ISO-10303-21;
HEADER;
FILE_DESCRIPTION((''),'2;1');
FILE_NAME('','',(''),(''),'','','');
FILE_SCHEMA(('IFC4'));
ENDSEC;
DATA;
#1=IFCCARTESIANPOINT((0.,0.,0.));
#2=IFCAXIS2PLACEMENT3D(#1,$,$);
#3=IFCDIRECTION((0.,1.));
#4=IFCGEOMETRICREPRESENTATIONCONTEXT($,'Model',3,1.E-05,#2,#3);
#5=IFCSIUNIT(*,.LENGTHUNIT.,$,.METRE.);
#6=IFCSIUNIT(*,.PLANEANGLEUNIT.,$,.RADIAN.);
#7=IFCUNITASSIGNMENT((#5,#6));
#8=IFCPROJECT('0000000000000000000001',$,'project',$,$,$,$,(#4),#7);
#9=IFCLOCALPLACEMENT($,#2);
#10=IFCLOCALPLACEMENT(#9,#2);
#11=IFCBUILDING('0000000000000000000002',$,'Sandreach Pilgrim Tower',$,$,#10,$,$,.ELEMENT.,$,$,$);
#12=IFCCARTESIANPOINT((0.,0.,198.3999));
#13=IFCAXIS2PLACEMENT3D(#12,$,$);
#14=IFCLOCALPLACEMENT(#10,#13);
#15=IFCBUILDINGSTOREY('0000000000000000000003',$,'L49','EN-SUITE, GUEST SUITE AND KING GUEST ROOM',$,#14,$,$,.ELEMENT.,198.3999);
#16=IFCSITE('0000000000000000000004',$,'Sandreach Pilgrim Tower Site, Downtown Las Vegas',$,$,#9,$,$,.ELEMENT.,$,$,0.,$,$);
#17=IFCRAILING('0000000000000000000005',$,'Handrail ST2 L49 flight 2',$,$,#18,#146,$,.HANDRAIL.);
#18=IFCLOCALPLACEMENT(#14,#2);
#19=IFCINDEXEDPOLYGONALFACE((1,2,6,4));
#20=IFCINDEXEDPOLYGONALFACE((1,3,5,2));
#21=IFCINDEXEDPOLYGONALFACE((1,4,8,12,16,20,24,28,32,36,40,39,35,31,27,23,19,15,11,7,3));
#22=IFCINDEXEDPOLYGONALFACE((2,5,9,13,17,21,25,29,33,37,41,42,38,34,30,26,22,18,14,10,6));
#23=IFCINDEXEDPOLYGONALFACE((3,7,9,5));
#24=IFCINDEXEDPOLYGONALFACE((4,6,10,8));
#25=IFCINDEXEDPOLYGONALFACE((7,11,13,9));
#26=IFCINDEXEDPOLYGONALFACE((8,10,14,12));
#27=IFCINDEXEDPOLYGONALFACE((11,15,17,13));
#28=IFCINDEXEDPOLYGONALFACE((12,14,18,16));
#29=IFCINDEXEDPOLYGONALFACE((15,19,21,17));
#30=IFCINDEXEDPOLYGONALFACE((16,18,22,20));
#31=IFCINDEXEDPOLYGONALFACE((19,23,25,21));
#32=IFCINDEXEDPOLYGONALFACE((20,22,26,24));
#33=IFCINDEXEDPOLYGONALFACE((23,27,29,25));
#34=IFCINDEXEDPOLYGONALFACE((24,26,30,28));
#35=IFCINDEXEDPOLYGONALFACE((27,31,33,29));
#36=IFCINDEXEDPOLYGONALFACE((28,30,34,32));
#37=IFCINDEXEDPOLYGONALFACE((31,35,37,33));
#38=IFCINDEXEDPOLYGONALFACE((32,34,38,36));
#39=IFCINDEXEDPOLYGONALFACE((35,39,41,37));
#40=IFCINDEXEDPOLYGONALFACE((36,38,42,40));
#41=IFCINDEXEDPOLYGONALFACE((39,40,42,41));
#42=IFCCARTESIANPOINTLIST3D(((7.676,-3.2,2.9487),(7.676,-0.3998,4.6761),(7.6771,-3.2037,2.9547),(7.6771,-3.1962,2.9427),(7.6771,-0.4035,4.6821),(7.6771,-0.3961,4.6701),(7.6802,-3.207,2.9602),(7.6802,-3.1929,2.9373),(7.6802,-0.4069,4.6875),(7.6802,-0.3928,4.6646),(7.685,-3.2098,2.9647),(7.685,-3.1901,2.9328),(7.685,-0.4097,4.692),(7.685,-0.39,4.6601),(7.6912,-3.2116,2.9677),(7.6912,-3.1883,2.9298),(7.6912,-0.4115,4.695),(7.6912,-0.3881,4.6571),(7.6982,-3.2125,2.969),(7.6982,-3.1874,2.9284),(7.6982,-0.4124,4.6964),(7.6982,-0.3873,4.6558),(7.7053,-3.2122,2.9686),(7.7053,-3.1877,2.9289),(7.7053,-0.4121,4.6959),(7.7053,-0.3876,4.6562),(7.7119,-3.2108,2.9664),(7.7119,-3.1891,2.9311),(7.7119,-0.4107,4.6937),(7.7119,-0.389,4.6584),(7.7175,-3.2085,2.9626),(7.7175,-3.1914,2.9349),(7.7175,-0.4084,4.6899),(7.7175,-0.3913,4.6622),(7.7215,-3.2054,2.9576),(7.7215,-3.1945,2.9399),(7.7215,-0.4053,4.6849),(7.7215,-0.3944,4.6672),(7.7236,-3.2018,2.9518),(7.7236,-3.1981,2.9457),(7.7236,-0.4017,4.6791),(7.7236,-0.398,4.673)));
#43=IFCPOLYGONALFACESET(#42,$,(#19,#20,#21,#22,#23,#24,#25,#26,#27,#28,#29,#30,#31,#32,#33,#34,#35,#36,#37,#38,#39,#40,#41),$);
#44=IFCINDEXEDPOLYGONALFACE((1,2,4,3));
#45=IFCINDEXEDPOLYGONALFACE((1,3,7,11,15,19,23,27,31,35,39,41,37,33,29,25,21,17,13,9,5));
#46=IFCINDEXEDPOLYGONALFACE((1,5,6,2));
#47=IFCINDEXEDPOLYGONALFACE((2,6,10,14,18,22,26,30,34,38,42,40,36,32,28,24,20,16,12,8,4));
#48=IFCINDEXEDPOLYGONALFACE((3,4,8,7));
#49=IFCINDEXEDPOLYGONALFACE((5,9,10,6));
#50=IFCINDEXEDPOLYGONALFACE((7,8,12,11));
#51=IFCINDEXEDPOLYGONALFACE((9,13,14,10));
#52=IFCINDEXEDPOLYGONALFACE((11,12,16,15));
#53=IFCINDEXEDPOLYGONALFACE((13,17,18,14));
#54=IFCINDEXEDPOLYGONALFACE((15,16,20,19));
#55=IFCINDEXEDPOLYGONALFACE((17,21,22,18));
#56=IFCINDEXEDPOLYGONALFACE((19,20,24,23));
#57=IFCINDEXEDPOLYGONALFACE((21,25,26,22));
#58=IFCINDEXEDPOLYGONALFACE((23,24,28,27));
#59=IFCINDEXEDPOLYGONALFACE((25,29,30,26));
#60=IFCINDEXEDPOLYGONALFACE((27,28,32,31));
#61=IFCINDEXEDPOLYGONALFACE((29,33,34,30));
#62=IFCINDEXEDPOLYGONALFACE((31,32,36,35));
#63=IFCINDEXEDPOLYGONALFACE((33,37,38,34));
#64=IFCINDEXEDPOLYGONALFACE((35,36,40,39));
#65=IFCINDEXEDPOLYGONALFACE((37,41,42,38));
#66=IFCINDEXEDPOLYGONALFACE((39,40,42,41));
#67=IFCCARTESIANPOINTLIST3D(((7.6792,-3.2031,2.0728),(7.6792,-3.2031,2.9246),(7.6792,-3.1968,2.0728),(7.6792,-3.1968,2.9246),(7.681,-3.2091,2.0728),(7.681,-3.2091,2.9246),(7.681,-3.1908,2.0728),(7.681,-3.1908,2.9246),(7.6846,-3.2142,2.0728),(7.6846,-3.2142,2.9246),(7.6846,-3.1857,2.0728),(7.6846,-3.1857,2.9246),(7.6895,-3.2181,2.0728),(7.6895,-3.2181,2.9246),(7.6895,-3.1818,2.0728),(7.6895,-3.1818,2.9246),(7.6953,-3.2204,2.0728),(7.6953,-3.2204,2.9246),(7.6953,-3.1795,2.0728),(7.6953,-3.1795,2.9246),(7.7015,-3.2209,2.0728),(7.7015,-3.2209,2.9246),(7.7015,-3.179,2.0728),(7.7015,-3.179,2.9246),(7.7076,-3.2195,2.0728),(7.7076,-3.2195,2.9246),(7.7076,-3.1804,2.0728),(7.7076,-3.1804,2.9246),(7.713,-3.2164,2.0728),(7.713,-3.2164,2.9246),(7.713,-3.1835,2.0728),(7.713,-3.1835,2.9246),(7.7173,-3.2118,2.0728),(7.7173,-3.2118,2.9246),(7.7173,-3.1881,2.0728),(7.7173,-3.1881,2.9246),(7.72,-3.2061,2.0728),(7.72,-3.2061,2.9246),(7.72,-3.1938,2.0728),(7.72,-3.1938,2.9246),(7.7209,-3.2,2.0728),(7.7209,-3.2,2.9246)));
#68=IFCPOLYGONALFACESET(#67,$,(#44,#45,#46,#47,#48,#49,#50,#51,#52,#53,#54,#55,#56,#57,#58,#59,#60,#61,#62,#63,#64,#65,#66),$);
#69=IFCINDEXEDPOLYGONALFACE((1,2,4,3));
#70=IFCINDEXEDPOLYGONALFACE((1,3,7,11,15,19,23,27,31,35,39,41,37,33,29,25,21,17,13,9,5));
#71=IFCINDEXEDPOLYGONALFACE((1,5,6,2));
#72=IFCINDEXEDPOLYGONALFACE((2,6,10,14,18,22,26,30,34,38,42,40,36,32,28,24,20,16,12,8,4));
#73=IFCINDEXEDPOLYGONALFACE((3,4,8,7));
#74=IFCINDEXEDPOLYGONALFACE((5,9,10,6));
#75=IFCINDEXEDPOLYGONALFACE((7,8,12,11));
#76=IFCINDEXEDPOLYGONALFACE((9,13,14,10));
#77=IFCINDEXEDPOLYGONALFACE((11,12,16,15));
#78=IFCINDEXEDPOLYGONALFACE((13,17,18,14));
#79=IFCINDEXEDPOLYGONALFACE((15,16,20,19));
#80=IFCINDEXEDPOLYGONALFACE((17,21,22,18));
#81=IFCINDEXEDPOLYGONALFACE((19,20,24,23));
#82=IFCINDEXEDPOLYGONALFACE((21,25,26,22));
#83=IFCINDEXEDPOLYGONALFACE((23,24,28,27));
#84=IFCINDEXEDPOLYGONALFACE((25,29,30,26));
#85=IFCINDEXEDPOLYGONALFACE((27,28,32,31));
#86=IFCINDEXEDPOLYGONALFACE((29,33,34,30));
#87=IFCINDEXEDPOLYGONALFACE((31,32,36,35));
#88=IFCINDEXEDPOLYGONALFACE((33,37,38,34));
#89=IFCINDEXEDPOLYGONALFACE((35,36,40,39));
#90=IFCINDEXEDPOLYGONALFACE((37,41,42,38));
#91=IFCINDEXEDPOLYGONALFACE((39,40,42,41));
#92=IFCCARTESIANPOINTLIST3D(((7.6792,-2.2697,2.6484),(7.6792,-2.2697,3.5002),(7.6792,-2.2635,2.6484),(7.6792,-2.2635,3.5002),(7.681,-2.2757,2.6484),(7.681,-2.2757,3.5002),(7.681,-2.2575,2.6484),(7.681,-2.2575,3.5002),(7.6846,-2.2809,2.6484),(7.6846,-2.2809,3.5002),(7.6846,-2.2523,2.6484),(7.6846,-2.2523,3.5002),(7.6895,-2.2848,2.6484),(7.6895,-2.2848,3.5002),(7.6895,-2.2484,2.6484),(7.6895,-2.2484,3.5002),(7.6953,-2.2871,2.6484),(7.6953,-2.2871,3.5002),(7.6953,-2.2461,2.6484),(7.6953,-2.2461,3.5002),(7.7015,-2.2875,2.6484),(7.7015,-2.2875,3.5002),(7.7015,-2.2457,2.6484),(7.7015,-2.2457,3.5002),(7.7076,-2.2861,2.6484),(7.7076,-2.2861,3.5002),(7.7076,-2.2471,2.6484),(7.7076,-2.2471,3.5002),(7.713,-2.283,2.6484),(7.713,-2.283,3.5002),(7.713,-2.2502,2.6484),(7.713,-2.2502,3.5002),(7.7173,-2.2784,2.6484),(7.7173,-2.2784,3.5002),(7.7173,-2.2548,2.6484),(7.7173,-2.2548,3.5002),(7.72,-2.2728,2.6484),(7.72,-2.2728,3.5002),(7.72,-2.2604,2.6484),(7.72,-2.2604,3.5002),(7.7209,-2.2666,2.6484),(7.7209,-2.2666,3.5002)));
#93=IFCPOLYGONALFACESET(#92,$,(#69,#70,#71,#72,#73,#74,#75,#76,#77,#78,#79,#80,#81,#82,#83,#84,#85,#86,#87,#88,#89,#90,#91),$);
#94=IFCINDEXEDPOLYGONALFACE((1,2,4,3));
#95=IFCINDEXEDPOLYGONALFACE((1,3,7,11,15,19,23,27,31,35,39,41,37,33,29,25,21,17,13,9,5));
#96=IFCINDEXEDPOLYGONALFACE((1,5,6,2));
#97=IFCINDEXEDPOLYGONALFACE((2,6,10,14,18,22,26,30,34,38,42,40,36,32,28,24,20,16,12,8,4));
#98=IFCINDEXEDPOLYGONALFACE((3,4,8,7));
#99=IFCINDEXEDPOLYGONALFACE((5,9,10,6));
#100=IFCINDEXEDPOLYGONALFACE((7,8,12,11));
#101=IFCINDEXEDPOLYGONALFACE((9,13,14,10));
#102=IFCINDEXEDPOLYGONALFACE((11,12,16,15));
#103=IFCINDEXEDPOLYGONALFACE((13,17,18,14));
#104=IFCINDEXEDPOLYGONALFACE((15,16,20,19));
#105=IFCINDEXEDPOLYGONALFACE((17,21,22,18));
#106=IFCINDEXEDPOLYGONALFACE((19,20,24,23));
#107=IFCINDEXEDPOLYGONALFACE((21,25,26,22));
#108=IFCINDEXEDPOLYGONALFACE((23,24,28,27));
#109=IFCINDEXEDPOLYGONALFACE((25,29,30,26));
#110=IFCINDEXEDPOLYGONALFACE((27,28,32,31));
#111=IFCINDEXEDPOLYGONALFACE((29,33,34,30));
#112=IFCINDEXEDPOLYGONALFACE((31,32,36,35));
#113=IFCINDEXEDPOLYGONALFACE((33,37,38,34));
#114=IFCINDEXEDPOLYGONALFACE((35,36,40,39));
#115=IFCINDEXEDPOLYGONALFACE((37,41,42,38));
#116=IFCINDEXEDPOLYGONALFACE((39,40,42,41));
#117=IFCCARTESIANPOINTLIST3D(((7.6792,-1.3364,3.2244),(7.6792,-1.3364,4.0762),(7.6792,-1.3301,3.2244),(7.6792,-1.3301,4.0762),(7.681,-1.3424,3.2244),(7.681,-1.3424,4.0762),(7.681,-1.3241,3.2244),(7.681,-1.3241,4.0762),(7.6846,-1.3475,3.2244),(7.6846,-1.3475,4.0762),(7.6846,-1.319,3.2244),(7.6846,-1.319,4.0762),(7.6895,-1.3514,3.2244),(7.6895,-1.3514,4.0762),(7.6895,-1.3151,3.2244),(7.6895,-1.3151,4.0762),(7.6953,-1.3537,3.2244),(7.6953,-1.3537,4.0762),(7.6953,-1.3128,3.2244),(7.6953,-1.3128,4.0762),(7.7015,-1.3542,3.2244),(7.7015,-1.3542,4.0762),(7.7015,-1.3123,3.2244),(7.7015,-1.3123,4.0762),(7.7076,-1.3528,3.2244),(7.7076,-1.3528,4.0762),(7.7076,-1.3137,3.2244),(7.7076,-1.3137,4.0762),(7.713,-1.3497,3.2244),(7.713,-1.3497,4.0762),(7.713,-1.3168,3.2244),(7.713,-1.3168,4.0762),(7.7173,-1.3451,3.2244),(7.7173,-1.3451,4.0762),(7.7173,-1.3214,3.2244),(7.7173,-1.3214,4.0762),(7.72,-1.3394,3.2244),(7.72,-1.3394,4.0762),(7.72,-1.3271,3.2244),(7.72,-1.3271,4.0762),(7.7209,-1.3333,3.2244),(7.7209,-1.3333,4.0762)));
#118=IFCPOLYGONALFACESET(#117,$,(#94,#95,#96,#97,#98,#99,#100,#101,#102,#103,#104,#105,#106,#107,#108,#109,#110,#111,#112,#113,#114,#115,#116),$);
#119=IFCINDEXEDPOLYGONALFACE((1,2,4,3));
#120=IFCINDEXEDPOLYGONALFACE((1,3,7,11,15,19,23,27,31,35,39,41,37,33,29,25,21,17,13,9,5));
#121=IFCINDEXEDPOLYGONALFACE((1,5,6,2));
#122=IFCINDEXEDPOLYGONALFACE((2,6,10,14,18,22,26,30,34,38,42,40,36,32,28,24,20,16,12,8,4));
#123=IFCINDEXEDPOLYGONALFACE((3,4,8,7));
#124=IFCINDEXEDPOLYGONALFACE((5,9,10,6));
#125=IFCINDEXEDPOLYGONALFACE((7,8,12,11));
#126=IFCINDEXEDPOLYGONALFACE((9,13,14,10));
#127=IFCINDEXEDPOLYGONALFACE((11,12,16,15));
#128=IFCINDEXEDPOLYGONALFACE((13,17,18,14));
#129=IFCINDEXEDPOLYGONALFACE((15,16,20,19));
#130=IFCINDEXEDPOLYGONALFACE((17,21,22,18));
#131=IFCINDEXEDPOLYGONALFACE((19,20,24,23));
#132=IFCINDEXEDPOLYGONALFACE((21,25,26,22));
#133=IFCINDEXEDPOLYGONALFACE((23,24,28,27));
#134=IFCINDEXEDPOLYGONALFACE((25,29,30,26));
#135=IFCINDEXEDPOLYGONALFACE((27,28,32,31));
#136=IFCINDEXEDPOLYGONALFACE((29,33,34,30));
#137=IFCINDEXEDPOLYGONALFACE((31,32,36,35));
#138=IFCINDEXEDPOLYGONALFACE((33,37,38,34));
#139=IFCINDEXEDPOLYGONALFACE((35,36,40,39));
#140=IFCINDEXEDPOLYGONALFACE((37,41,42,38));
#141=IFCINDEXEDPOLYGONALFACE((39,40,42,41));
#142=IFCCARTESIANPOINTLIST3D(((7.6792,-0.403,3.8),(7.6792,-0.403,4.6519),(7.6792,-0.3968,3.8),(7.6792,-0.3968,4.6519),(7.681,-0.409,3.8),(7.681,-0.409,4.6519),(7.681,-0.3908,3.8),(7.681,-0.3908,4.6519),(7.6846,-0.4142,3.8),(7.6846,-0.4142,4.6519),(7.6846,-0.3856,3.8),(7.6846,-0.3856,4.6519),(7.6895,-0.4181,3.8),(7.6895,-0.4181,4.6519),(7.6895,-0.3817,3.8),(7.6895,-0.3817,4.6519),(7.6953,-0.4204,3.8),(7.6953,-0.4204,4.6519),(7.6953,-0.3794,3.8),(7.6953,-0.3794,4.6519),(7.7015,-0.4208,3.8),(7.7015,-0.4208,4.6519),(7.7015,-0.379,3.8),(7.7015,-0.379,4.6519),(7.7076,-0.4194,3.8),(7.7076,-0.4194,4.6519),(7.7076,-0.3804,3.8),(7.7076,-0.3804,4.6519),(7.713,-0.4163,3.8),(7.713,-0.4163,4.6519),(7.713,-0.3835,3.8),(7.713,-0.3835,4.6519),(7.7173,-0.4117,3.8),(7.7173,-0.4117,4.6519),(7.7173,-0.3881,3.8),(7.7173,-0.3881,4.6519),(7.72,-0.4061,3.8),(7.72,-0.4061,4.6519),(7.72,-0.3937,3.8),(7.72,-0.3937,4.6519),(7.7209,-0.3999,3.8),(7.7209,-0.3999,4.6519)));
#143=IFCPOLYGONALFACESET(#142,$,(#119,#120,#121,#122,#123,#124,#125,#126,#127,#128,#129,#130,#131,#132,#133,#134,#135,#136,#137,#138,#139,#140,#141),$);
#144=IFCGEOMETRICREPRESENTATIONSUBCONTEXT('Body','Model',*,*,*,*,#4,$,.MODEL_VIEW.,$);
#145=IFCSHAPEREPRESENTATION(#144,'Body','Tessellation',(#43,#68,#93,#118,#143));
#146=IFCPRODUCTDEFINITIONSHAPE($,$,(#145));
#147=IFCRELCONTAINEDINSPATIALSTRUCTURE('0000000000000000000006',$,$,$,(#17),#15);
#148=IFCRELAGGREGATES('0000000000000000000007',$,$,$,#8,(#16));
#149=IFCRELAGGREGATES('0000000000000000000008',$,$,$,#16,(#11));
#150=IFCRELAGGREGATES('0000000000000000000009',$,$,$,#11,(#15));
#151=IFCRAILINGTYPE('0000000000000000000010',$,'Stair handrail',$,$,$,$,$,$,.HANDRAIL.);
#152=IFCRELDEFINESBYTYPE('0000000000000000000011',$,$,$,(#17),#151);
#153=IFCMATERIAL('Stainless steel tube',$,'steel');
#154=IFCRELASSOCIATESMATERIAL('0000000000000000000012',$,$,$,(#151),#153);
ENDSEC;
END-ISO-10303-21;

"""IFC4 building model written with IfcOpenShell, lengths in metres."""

from ifc_helpers import new_model, si_unit, direction, frame, origin, origin_2d, place, context, subcontext, project, spatial, circle, extrude, material, type_object, element, save


model = new_model("IFC4")

# Units and contexts
model_context = context("Model", 3, precision=1e-05, world=origin(), true_north=direction((0.0, 1.0)))
body_context = subcontext(model_context, "Body", "Model", "MODEL_VIEW")
ifc_project = project(units=[si_unit("LENGTHUNIT", "METRE"), si_unit("PLANEANGLEUNIT", "RADIAN")], contexts=[model_context])

# Site, building, storey
site_placement = place(None, origin())
site = spatial("IfcSite", under=ifc_project, at=site_placement, Name="Sandreach Pilgrim Tower Site, Downtown Las Vegas", CompositionType="ELEMENT", RefElevation=0.0)
building_placement = place(site_placement, origin())
building = spatial("IfcBuilding", under=site, at=building_placement, Name="Sandreach Pilgrim Tower", CompositionType="ELEMENT")
storey_placement = place(building_placement, frame((0.0, 0.0, 198.3999)))
storey = spatial("IfcBuildingStorey", under=building, at=storey_placement, Name="L49", Description="EN-SUITE, GUEST SUITE AND KING GUEST ROOM", CompositionType="ELEMENT", Elevation=198.3999)

# Railing
ifc_material_1 = material(Name="Stainless steel tube", Category="steel")
railing_type = type_object("IfcRailingType", Name="Stair handrail", PredefinedType="HANDRAIL", material=ifc_material_1)
for number, where, name in (
    (1, (7.7, -3.2, 2.0728), "Handrail ST2 L49 flight 2"),
):
    element("IfcRailing", number, at=place(storey_placement, frame(where)), inside=storey, type_object=railing_type, Name=name, PredefinedType="HANDRAIL", context=body_context, shape_type="SweptSolid", body=[
        extrude(circle(Radius=0.0239, at=origin_2d()), frame((0.0, 0.0, 0.876), z_axis=(0.0, 0.85109, 0.52502), x_axis=(-1.0, 0.0, 0.0)), (0.0, 0.0, 1.0), 3.29),
        extrude(circle(Radius=0.021, at=origin_2d()), origin(), (0.0, 0.0, 1.0), 0.8518),
        extrude(circle(Radius=0.021, at=origin_2d()), frame((0.0, 0.9333, 0.5757)), (0.0, 0.0, 1.0), 0.8518),
        extrude(circle(Radius=0.021, at=origin_2d()), frame((0.0, 1.8667, 1.1516)), (0.0, 0.0, 1.0), 0.8518),
        extrude(circle(Radius=0.021, at=origin_2d()), frame((0.0, 2.8, 1.7273)), (0.0, 0.0, 1.0), 0.8518),
    ])

save(model, "model.ifc")
